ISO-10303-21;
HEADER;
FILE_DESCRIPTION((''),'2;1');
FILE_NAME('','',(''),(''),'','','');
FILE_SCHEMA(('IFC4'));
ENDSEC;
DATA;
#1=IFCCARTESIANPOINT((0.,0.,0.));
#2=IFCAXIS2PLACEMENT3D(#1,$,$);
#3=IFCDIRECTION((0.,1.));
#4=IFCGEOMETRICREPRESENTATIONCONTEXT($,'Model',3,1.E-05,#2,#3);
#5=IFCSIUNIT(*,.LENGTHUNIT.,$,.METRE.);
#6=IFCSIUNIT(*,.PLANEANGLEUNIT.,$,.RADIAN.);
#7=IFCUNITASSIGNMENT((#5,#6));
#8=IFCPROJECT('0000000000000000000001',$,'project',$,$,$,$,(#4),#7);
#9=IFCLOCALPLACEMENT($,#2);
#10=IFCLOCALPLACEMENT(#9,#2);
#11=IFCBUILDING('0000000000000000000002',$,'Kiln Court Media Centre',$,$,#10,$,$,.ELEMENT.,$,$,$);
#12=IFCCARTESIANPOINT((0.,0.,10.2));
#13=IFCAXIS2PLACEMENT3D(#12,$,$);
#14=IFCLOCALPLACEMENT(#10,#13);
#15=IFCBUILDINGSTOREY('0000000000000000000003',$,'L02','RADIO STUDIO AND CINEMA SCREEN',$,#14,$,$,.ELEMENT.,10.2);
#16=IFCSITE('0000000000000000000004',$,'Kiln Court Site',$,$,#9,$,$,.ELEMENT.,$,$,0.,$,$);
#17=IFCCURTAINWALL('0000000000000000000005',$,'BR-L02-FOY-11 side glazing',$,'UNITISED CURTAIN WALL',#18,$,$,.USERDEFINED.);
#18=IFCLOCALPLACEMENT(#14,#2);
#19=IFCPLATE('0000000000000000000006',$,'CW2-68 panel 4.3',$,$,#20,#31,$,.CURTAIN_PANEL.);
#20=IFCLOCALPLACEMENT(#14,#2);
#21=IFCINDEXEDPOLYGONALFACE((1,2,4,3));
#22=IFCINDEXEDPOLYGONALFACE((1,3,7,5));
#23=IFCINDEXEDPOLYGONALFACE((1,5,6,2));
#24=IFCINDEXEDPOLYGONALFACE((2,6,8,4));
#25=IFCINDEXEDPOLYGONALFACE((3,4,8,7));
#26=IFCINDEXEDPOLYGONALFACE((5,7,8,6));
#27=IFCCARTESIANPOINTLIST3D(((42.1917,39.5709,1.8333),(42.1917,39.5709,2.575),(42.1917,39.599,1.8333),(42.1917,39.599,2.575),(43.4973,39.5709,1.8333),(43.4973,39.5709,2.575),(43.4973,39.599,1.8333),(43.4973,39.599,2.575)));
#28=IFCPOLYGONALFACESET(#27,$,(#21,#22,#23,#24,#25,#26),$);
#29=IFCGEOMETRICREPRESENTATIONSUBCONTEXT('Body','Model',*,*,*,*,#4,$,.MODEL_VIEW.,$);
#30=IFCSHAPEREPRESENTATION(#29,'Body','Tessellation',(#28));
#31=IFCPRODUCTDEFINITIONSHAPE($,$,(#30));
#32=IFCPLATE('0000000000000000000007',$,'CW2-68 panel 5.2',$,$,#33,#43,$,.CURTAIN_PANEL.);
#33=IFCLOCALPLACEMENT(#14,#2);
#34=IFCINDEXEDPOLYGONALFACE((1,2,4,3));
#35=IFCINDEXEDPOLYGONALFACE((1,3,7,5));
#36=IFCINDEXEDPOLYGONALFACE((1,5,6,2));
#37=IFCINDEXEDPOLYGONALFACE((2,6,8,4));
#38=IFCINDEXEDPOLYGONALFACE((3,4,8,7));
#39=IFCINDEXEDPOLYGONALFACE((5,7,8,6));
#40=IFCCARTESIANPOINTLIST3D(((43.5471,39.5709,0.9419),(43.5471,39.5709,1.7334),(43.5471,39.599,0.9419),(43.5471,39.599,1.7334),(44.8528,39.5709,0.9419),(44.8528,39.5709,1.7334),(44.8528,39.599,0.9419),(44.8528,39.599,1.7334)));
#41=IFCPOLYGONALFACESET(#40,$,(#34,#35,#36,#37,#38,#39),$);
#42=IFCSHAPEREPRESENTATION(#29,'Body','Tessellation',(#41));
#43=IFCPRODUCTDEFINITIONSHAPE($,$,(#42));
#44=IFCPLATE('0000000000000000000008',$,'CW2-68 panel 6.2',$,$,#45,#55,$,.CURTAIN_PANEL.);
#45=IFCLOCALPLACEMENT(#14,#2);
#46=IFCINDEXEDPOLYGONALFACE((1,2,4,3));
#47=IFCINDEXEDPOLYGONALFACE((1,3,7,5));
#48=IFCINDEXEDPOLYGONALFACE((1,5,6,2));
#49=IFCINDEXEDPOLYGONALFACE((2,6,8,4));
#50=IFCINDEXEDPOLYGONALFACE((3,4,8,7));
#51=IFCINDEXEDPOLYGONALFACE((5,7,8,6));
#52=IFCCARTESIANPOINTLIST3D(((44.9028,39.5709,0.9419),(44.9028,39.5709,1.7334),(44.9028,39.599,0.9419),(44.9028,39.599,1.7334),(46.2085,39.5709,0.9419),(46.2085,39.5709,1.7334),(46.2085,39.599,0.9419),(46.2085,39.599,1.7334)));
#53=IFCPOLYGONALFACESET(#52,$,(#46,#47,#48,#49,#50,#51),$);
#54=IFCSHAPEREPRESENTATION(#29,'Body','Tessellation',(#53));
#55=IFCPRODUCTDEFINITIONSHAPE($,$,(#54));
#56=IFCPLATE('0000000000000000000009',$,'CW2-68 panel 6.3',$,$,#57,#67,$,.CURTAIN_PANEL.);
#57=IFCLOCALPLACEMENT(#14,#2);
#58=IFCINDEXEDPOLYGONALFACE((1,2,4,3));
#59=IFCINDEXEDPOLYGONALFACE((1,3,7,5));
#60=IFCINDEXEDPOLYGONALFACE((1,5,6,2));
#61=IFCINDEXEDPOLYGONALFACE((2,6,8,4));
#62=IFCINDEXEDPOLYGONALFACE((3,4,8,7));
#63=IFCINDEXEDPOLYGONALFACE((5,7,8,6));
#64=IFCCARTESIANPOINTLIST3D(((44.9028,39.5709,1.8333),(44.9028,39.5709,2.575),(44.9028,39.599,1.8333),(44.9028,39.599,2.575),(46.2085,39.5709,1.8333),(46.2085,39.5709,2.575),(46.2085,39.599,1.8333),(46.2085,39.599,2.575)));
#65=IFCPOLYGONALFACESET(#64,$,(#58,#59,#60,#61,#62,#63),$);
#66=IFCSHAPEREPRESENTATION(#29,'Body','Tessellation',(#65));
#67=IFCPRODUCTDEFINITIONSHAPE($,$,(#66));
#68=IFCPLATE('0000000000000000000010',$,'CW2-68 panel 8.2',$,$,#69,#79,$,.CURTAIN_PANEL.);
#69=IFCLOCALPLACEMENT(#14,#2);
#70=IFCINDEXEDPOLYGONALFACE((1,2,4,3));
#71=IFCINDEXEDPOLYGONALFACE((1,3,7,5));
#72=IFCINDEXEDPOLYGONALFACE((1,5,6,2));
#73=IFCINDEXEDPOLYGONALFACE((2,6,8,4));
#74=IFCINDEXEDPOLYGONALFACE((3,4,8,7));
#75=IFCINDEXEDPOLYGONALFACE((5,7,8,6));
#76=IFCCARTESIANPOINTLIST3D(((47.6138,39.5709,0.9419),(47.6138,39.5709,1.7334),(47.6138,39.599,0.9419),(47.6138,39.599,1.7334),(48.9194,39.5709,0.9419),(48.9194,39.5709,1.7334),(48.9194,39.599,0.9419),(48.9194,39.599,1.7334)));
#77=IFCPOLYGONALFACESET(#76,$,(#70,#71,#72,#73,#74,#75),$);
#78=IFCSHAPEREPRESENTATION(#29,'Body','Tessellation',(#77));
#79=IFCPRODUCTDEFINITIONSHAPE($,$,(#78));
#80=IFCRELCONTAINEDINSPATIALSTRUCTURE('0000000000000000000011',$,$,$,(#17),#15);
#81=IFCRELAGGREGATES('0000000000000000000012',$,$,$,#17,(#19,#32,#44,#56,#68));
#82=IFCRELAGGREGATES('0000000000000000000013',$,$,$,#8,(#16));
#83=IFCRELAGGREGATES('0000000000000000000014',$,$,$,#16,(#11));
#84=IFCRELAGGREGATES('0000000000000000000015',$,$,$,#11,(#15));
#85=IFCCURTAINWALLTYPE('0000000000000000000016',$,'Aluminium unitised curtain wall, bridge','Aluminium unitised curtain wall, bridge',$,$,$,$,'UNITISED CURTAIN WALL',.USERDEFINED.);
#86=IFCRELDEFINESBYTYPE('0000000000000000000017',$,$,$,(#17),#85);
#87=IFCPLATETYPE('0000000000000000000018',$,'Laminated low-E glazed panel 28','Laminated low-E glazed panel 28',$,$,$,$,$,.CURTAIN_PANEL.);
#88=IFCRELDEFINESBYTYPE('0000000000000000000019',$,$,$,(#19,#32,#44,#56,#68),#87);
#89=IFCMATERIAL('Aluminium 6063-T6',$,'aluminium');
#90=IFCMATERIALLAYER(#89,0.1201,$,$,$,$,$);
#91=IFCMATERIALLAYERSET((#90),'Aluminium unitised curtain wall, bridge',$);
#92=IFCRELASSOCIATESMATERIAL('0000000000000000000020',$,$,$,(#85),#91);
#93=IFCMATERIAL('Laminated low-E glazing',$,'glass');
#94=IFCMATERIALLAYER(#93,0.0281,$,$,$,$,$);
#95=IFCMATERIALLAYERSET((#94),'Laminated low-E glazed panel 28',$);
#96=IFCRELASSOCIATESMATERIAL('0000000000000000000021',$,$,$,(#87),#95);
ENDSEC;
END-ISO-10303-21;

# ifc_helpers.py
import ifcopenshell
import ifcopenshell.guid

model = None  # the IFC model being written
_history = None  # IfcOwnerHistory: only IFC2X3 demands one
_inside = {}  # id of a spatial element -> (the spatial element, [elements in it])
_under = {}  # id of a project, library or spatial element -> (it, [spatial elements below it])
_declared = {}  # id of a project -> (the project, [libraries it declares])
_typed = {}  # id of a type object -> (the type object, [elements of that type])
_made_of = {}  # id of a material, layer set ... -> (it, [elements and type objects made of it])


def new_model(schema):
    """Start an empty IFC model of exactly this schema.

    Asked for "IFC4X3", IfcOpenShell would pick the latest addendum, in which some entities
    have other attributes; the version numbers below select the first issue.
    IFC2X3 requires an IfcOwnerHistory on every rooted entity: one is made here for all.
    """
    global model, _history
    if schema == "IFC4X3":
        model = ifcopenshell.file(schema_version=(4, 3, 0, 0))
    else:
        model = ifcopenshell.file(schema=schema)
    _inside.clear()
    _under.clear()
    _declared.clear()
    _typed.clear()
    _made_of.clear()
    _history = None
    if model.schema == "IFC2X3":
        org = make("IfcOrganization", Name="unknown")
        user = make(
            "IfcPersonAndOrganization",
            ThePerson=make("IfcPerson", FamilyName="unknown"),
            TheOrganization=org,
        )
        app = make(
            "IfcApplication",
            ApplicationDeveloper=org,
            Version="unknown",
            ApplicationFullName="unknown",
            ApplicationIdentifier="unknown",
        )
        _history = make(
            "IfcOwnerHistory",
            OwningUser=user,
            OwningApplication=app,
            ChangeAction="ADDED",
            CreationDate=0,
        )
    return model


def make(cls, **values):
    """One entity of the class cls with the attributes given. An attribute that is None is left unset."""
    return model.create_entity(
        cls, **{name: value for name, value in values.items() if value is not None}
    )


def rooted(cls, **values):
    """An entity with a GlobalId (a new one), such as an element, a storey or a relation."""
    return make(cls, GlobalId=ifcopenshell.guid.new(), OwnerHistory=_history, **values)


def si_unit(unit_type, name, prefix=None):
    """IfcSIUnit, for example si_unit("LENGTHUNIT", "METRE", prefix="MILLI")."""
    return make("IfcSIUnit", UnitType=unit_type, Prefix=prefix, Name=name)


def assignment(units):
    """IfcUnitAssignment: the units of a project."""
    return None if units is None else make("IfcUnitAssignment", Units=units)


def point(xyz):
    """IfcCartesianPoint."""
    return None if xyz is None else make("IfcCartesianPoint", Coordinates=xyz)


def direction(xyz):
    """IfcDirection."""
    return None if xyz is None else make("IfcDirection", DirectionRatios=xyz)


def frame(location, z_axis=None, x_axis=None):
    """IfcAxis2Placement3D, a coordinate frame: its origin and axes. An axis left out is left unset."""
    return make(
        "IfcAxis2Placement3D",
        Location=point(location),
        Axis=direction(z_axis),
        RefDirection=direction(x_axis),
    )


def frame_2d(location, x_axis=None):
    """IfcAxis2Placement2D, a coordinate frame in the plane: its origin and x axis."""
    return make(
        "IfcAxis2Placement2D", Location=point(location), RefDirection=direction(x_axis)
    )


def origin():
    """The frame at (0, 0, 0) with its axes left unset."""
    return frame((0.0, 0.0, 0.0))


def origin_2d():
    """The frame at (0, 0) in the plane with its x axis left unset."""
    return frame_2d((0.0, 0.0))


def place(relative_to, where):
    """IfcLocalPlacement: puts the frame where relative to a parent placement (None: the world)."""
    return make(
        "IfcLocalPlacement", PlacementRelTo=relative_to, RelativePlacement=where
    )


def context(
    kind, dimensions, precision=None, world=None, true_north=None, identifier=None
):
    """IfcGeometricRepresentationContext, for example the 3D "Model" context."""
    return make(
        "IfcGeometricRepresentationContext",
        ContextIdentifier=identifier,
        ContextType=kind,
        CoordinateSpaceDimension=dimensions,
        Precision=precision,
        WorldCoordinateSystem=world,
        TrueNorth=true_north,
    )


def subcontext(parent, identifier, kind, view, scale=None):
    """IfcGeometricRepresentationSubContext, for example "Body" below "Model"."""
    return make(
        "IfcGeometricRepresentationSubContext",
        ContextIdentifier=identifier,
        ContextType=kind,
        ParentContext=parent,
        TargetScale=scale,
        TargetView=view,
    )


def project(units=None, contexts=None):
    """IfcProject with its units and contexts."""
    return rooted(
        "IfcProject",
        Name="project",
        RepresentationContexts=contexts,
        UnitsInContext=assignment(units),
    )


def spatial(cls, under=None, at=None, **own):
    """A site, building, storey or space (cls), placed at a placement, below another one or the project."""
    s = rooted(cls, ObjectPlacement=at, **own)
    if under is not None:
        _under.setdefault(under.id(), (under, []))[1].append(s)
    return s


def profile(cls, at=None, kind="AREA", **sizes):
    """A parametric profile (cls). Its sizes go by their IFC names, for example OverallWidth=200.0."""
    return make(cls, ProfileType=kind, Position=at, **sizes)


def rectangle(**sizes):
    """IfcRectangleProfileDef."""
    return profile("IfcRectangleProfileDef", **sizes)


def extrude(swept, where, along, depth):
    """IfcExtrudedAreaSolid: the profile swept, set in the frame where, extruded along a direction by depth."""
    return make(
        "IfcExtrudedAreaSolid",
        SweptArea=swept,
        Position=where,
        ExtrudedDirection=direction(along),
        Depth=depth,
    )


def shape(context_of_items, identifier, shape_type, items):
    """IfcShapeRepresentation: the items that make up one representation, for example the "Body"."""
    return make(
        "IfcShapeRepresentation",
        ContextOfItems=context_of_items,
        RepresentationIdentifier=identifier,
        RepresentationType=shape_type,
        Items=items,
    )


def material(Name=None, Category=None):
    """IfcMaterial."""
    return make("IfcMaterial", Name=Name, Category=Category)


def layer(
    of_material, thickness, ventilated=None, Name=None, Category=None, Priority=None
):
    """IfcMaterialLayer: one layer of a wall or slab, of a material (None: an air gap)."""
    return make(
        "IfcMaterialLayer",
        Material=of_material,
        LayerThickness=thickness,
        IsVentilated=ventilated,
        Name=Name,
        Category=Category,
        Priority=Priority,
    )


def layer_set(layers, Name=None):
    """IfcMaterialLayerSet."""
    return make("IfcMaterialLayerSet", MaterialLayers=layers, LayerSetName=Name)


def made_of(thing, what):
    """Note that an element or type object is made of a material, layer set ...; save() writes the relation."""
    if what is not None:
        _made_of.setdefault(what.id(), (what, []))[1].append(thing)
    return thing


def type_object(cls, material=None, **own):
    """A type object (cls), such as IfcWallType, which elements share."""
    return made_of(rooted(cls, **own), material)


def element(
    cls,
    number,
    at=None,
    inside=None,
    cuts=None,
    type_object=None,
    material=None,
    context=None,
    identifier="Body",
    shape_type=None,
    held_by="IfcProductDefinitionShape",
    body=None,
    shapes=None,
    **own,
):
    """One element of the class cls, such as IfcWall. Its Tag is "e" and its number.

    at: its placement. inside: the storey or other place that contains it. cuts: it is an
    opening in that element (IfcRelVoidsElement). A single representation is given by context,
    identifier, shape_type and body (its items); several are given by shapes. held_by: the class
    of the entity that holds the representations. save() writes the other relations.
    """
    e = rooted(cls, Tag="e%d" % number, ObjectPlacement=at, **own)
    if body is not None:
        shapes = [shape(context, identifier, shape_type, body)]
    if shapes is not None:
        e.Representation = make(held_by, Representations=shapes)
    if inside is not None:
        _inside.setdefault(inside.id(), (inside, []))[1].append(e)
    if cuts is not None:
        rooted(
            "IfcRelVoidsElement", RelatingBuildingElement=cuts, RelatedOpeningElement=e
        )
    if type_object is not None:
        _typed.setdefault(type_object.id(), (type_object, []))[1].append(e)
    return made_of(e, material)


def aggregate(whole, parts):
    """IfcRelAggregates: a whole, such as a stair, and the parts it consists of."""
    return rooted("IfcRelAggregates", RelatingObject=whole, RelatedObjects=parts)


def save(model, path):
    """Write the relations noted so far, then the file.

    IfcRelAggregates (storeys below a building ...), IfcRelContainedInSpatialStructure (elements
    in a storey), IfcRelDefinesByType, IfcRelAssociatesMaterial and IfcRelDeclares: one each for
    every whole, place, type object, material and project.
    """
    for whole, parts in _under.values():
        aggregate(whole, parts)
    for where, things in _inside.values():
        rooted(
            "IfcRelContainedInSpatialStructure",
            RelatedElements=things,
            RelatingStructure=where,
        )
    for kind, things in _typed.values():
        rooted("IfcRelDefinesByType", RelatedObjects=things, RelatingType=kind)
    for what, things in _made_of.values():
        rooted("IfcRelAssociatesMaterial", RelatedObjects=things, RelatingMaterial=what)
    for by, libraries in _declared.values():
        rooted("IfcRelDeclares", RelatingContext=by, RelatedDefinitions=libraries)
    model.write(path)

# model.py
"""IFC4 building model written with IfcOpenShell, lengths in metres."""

from ifc_helpers import new_model, si_unit, direction, frame, origin, origin_2d, place, context, subcontext, project, spatial, rectangle, extrude, material, layer, layer_set, type_object, element, aggregate, save


model = new_model("IFC4")

# Units and contexts
model_context = context("Model", 3, precision=1e-05, world=origin(), true_north=direction((0.0, 1.0)))
body_context = subcontext(model_context, "Body", "Model", "MODEL_VIEW")
ifc_project = project(units=[si_unit("LENGTHUNIT", "METRE"), si_unit("PLANEANGLEUNIT", "RADIAN")], contexts=[model_context])

# Site, building, storey
site_placement = place(None, origin())
site = spatial("IfcSite", under=ifc_project, at=site_placement, Name="Kiln Court Site", CompositionType="ELEMENT", RefElevation=0.0)
building_placement = place(site_placement, origin())
building = spatial("IfcBuilding", under=site, at=building_placement, Name="Kiln Court Media Centre", CompositionType="ELEMENT")
storey_placement = place(building_placement, frame((0.0, 0.0, 10.2)))
storey = spatial("IfcBuildingStorey", under=building, at=storey_placement, Name="L02", Description="RADIO STUDIO AND CINEMA SCREEN", CompositionType="ELEMENT", Elevation=10.2)

# Curtain wall, plates
ifc_material_1 = material(Name="Aluminium 6063-T6", Category="aluminium")
ifc_layer_1 = layer(ifc_material_1, 0.1201)
ifc_layer_set_1 = layer_set([ifc_layer_1], Name="Aluminium unitised curtain wall, bridge")
curtain_wall_type = type_object("IfcCurtainWallType", Name="Aluminium unitised curtain wall, bridge", Description="Aluminium unitised curtain wall, bridge", ElementType="UNITISED CURTAIN WALL", PredefinedType="USERDEFINED", material=ifc_layer_set_1)
curtain_wall_placement = place(storey_placement, origin())
curtain_wall = element("IfcCurtainWall", 1, at=curtain_wall_placement, inside=storey, type_object=curtain_wall_type, Name="BR-L02-FOY-11 side glazing", ObjectType="UNITISED CURTAIN WALL", PredefinedType="USERDEFINED")
ifc_material_2 = material(Name="Laminated low-E glazing", Category="glass")
ifc_layer_2 = layer(ifc_material_2, 0.0281)
ifc_layer_set_2 = layer_set([ifc_layer_2], Name="Laminated low-E glazed panel 28")
plate_type_1 = type_object("IfcPlateType", Name="Laminated low-E glazed panel 28", Description="Laminated low-E glazed panel 28", PredefinedType="CURTAIN_PANEL", material=ifc_layer_set_2)
plate_1_placement = place(storey_placement, frame((42.8445, 39.585, 1.8333), z_axis=(0.0, 0.0, 1.0), x_axis=(1.0, 0.0, 0.0)))
plate_1 = element("IfcPlate", 2, at=plate_1_placement, type_object=plate_type_1, Name="CW2-68 panel 4.3", PredefinedType="CURTAIN_PANEL", context=body_context, shape_type="SweptSolid", body=[
    extrude(rectangle(XDim=1.3057, YDim=0.0281, at=origin_2d()), origin(), (0.0, 0.0, 1.0), 0.7417),
])
plate_2_placement = place(storey_placement, frame((44.2, 39.585, 0.9419), z_axis=(0.0, 0.0, 1.0), x_axis=(1.0, 0.0, 0.0)))
plate_2 = element("IfcPlate", 3, at=plate_2_placement, type_object=plate_type_1, Name="CW2-68 panel 5.2", PredefinedType="CURTAIN_PANEL", context=body_context, shape_type="SweptSolid", body=[
    extrude(rectangle(XDim=1.3057, YDim=0.0281, at=origin_2d()), origin(), (0.0, 0.0, 1.0), 0.7915),
])
plate_3_placement = place(storey_placement, frame((45.5557, 39.585, 0.9419), z_axis=(0.0, 0.0, 1.0), x_axis=(1.0, 0.0, 0.0)))
plate_3 = element("IfcPlate", 4, at=plate_3_placement, type_object=plate_type_1, Name="CW2-68 panel 6.2", PredefinedType="CURTAIN_PANEL", context=body_context, shape_type="SweptSolid", body=[
    extrude(rectangle(XDim=1.3057, YDim=0.0281, at=origin_2d()), origin(), (0.0, 0.0, 1.0), 0.7915),
])
plate_4_placement = place(storey_placement, frame((45.5557, 39.585, 1.8333), z_axis=(0.0, 0.0, 1.0), x_axis=(1.0, 0.0, 0.0)))
plate_4 = element("IfcPlate", 5, at=plate_4_placement, type_object=plate_type_1, Name="CW2-68 panel 6.3", PredefinedType="CURTAIN_PANEL", context=body_context, shape_type="SweptSolid", body=[
    extrude(rectangle(XDim=1.3057, YDim=0.0281, at=origin_2d()), origin(), (0.0, 0.0, 1.0), 0.7417),
])
plate_5_placement = place(storey_placement, frame((48.2666, 39.585, 0.9419), z_axis=(0.0, 0.0, 1.0), x_axis=(1.0, 0.0, 0.0)))
plate_5 = element("IfcPlate", 6, at=plate_5_placement, type_object=plate_type_1, Name="CW2-68 panel 8.2", PredefinedType="CURTAIN_PANEL", context=body_context, shape_type="SweptSolid", body=[
    extrude(rectangle(XDim=1.3057, YDim=0.0281, at=origin_2d()), origin(), (0.0, 0.0, 1.0), 0.7915),
])
aggregate(curtain_wall, [plate_1, plate_2, plate_3, plate_4, plate_5])

save(model, "model.ifc")
